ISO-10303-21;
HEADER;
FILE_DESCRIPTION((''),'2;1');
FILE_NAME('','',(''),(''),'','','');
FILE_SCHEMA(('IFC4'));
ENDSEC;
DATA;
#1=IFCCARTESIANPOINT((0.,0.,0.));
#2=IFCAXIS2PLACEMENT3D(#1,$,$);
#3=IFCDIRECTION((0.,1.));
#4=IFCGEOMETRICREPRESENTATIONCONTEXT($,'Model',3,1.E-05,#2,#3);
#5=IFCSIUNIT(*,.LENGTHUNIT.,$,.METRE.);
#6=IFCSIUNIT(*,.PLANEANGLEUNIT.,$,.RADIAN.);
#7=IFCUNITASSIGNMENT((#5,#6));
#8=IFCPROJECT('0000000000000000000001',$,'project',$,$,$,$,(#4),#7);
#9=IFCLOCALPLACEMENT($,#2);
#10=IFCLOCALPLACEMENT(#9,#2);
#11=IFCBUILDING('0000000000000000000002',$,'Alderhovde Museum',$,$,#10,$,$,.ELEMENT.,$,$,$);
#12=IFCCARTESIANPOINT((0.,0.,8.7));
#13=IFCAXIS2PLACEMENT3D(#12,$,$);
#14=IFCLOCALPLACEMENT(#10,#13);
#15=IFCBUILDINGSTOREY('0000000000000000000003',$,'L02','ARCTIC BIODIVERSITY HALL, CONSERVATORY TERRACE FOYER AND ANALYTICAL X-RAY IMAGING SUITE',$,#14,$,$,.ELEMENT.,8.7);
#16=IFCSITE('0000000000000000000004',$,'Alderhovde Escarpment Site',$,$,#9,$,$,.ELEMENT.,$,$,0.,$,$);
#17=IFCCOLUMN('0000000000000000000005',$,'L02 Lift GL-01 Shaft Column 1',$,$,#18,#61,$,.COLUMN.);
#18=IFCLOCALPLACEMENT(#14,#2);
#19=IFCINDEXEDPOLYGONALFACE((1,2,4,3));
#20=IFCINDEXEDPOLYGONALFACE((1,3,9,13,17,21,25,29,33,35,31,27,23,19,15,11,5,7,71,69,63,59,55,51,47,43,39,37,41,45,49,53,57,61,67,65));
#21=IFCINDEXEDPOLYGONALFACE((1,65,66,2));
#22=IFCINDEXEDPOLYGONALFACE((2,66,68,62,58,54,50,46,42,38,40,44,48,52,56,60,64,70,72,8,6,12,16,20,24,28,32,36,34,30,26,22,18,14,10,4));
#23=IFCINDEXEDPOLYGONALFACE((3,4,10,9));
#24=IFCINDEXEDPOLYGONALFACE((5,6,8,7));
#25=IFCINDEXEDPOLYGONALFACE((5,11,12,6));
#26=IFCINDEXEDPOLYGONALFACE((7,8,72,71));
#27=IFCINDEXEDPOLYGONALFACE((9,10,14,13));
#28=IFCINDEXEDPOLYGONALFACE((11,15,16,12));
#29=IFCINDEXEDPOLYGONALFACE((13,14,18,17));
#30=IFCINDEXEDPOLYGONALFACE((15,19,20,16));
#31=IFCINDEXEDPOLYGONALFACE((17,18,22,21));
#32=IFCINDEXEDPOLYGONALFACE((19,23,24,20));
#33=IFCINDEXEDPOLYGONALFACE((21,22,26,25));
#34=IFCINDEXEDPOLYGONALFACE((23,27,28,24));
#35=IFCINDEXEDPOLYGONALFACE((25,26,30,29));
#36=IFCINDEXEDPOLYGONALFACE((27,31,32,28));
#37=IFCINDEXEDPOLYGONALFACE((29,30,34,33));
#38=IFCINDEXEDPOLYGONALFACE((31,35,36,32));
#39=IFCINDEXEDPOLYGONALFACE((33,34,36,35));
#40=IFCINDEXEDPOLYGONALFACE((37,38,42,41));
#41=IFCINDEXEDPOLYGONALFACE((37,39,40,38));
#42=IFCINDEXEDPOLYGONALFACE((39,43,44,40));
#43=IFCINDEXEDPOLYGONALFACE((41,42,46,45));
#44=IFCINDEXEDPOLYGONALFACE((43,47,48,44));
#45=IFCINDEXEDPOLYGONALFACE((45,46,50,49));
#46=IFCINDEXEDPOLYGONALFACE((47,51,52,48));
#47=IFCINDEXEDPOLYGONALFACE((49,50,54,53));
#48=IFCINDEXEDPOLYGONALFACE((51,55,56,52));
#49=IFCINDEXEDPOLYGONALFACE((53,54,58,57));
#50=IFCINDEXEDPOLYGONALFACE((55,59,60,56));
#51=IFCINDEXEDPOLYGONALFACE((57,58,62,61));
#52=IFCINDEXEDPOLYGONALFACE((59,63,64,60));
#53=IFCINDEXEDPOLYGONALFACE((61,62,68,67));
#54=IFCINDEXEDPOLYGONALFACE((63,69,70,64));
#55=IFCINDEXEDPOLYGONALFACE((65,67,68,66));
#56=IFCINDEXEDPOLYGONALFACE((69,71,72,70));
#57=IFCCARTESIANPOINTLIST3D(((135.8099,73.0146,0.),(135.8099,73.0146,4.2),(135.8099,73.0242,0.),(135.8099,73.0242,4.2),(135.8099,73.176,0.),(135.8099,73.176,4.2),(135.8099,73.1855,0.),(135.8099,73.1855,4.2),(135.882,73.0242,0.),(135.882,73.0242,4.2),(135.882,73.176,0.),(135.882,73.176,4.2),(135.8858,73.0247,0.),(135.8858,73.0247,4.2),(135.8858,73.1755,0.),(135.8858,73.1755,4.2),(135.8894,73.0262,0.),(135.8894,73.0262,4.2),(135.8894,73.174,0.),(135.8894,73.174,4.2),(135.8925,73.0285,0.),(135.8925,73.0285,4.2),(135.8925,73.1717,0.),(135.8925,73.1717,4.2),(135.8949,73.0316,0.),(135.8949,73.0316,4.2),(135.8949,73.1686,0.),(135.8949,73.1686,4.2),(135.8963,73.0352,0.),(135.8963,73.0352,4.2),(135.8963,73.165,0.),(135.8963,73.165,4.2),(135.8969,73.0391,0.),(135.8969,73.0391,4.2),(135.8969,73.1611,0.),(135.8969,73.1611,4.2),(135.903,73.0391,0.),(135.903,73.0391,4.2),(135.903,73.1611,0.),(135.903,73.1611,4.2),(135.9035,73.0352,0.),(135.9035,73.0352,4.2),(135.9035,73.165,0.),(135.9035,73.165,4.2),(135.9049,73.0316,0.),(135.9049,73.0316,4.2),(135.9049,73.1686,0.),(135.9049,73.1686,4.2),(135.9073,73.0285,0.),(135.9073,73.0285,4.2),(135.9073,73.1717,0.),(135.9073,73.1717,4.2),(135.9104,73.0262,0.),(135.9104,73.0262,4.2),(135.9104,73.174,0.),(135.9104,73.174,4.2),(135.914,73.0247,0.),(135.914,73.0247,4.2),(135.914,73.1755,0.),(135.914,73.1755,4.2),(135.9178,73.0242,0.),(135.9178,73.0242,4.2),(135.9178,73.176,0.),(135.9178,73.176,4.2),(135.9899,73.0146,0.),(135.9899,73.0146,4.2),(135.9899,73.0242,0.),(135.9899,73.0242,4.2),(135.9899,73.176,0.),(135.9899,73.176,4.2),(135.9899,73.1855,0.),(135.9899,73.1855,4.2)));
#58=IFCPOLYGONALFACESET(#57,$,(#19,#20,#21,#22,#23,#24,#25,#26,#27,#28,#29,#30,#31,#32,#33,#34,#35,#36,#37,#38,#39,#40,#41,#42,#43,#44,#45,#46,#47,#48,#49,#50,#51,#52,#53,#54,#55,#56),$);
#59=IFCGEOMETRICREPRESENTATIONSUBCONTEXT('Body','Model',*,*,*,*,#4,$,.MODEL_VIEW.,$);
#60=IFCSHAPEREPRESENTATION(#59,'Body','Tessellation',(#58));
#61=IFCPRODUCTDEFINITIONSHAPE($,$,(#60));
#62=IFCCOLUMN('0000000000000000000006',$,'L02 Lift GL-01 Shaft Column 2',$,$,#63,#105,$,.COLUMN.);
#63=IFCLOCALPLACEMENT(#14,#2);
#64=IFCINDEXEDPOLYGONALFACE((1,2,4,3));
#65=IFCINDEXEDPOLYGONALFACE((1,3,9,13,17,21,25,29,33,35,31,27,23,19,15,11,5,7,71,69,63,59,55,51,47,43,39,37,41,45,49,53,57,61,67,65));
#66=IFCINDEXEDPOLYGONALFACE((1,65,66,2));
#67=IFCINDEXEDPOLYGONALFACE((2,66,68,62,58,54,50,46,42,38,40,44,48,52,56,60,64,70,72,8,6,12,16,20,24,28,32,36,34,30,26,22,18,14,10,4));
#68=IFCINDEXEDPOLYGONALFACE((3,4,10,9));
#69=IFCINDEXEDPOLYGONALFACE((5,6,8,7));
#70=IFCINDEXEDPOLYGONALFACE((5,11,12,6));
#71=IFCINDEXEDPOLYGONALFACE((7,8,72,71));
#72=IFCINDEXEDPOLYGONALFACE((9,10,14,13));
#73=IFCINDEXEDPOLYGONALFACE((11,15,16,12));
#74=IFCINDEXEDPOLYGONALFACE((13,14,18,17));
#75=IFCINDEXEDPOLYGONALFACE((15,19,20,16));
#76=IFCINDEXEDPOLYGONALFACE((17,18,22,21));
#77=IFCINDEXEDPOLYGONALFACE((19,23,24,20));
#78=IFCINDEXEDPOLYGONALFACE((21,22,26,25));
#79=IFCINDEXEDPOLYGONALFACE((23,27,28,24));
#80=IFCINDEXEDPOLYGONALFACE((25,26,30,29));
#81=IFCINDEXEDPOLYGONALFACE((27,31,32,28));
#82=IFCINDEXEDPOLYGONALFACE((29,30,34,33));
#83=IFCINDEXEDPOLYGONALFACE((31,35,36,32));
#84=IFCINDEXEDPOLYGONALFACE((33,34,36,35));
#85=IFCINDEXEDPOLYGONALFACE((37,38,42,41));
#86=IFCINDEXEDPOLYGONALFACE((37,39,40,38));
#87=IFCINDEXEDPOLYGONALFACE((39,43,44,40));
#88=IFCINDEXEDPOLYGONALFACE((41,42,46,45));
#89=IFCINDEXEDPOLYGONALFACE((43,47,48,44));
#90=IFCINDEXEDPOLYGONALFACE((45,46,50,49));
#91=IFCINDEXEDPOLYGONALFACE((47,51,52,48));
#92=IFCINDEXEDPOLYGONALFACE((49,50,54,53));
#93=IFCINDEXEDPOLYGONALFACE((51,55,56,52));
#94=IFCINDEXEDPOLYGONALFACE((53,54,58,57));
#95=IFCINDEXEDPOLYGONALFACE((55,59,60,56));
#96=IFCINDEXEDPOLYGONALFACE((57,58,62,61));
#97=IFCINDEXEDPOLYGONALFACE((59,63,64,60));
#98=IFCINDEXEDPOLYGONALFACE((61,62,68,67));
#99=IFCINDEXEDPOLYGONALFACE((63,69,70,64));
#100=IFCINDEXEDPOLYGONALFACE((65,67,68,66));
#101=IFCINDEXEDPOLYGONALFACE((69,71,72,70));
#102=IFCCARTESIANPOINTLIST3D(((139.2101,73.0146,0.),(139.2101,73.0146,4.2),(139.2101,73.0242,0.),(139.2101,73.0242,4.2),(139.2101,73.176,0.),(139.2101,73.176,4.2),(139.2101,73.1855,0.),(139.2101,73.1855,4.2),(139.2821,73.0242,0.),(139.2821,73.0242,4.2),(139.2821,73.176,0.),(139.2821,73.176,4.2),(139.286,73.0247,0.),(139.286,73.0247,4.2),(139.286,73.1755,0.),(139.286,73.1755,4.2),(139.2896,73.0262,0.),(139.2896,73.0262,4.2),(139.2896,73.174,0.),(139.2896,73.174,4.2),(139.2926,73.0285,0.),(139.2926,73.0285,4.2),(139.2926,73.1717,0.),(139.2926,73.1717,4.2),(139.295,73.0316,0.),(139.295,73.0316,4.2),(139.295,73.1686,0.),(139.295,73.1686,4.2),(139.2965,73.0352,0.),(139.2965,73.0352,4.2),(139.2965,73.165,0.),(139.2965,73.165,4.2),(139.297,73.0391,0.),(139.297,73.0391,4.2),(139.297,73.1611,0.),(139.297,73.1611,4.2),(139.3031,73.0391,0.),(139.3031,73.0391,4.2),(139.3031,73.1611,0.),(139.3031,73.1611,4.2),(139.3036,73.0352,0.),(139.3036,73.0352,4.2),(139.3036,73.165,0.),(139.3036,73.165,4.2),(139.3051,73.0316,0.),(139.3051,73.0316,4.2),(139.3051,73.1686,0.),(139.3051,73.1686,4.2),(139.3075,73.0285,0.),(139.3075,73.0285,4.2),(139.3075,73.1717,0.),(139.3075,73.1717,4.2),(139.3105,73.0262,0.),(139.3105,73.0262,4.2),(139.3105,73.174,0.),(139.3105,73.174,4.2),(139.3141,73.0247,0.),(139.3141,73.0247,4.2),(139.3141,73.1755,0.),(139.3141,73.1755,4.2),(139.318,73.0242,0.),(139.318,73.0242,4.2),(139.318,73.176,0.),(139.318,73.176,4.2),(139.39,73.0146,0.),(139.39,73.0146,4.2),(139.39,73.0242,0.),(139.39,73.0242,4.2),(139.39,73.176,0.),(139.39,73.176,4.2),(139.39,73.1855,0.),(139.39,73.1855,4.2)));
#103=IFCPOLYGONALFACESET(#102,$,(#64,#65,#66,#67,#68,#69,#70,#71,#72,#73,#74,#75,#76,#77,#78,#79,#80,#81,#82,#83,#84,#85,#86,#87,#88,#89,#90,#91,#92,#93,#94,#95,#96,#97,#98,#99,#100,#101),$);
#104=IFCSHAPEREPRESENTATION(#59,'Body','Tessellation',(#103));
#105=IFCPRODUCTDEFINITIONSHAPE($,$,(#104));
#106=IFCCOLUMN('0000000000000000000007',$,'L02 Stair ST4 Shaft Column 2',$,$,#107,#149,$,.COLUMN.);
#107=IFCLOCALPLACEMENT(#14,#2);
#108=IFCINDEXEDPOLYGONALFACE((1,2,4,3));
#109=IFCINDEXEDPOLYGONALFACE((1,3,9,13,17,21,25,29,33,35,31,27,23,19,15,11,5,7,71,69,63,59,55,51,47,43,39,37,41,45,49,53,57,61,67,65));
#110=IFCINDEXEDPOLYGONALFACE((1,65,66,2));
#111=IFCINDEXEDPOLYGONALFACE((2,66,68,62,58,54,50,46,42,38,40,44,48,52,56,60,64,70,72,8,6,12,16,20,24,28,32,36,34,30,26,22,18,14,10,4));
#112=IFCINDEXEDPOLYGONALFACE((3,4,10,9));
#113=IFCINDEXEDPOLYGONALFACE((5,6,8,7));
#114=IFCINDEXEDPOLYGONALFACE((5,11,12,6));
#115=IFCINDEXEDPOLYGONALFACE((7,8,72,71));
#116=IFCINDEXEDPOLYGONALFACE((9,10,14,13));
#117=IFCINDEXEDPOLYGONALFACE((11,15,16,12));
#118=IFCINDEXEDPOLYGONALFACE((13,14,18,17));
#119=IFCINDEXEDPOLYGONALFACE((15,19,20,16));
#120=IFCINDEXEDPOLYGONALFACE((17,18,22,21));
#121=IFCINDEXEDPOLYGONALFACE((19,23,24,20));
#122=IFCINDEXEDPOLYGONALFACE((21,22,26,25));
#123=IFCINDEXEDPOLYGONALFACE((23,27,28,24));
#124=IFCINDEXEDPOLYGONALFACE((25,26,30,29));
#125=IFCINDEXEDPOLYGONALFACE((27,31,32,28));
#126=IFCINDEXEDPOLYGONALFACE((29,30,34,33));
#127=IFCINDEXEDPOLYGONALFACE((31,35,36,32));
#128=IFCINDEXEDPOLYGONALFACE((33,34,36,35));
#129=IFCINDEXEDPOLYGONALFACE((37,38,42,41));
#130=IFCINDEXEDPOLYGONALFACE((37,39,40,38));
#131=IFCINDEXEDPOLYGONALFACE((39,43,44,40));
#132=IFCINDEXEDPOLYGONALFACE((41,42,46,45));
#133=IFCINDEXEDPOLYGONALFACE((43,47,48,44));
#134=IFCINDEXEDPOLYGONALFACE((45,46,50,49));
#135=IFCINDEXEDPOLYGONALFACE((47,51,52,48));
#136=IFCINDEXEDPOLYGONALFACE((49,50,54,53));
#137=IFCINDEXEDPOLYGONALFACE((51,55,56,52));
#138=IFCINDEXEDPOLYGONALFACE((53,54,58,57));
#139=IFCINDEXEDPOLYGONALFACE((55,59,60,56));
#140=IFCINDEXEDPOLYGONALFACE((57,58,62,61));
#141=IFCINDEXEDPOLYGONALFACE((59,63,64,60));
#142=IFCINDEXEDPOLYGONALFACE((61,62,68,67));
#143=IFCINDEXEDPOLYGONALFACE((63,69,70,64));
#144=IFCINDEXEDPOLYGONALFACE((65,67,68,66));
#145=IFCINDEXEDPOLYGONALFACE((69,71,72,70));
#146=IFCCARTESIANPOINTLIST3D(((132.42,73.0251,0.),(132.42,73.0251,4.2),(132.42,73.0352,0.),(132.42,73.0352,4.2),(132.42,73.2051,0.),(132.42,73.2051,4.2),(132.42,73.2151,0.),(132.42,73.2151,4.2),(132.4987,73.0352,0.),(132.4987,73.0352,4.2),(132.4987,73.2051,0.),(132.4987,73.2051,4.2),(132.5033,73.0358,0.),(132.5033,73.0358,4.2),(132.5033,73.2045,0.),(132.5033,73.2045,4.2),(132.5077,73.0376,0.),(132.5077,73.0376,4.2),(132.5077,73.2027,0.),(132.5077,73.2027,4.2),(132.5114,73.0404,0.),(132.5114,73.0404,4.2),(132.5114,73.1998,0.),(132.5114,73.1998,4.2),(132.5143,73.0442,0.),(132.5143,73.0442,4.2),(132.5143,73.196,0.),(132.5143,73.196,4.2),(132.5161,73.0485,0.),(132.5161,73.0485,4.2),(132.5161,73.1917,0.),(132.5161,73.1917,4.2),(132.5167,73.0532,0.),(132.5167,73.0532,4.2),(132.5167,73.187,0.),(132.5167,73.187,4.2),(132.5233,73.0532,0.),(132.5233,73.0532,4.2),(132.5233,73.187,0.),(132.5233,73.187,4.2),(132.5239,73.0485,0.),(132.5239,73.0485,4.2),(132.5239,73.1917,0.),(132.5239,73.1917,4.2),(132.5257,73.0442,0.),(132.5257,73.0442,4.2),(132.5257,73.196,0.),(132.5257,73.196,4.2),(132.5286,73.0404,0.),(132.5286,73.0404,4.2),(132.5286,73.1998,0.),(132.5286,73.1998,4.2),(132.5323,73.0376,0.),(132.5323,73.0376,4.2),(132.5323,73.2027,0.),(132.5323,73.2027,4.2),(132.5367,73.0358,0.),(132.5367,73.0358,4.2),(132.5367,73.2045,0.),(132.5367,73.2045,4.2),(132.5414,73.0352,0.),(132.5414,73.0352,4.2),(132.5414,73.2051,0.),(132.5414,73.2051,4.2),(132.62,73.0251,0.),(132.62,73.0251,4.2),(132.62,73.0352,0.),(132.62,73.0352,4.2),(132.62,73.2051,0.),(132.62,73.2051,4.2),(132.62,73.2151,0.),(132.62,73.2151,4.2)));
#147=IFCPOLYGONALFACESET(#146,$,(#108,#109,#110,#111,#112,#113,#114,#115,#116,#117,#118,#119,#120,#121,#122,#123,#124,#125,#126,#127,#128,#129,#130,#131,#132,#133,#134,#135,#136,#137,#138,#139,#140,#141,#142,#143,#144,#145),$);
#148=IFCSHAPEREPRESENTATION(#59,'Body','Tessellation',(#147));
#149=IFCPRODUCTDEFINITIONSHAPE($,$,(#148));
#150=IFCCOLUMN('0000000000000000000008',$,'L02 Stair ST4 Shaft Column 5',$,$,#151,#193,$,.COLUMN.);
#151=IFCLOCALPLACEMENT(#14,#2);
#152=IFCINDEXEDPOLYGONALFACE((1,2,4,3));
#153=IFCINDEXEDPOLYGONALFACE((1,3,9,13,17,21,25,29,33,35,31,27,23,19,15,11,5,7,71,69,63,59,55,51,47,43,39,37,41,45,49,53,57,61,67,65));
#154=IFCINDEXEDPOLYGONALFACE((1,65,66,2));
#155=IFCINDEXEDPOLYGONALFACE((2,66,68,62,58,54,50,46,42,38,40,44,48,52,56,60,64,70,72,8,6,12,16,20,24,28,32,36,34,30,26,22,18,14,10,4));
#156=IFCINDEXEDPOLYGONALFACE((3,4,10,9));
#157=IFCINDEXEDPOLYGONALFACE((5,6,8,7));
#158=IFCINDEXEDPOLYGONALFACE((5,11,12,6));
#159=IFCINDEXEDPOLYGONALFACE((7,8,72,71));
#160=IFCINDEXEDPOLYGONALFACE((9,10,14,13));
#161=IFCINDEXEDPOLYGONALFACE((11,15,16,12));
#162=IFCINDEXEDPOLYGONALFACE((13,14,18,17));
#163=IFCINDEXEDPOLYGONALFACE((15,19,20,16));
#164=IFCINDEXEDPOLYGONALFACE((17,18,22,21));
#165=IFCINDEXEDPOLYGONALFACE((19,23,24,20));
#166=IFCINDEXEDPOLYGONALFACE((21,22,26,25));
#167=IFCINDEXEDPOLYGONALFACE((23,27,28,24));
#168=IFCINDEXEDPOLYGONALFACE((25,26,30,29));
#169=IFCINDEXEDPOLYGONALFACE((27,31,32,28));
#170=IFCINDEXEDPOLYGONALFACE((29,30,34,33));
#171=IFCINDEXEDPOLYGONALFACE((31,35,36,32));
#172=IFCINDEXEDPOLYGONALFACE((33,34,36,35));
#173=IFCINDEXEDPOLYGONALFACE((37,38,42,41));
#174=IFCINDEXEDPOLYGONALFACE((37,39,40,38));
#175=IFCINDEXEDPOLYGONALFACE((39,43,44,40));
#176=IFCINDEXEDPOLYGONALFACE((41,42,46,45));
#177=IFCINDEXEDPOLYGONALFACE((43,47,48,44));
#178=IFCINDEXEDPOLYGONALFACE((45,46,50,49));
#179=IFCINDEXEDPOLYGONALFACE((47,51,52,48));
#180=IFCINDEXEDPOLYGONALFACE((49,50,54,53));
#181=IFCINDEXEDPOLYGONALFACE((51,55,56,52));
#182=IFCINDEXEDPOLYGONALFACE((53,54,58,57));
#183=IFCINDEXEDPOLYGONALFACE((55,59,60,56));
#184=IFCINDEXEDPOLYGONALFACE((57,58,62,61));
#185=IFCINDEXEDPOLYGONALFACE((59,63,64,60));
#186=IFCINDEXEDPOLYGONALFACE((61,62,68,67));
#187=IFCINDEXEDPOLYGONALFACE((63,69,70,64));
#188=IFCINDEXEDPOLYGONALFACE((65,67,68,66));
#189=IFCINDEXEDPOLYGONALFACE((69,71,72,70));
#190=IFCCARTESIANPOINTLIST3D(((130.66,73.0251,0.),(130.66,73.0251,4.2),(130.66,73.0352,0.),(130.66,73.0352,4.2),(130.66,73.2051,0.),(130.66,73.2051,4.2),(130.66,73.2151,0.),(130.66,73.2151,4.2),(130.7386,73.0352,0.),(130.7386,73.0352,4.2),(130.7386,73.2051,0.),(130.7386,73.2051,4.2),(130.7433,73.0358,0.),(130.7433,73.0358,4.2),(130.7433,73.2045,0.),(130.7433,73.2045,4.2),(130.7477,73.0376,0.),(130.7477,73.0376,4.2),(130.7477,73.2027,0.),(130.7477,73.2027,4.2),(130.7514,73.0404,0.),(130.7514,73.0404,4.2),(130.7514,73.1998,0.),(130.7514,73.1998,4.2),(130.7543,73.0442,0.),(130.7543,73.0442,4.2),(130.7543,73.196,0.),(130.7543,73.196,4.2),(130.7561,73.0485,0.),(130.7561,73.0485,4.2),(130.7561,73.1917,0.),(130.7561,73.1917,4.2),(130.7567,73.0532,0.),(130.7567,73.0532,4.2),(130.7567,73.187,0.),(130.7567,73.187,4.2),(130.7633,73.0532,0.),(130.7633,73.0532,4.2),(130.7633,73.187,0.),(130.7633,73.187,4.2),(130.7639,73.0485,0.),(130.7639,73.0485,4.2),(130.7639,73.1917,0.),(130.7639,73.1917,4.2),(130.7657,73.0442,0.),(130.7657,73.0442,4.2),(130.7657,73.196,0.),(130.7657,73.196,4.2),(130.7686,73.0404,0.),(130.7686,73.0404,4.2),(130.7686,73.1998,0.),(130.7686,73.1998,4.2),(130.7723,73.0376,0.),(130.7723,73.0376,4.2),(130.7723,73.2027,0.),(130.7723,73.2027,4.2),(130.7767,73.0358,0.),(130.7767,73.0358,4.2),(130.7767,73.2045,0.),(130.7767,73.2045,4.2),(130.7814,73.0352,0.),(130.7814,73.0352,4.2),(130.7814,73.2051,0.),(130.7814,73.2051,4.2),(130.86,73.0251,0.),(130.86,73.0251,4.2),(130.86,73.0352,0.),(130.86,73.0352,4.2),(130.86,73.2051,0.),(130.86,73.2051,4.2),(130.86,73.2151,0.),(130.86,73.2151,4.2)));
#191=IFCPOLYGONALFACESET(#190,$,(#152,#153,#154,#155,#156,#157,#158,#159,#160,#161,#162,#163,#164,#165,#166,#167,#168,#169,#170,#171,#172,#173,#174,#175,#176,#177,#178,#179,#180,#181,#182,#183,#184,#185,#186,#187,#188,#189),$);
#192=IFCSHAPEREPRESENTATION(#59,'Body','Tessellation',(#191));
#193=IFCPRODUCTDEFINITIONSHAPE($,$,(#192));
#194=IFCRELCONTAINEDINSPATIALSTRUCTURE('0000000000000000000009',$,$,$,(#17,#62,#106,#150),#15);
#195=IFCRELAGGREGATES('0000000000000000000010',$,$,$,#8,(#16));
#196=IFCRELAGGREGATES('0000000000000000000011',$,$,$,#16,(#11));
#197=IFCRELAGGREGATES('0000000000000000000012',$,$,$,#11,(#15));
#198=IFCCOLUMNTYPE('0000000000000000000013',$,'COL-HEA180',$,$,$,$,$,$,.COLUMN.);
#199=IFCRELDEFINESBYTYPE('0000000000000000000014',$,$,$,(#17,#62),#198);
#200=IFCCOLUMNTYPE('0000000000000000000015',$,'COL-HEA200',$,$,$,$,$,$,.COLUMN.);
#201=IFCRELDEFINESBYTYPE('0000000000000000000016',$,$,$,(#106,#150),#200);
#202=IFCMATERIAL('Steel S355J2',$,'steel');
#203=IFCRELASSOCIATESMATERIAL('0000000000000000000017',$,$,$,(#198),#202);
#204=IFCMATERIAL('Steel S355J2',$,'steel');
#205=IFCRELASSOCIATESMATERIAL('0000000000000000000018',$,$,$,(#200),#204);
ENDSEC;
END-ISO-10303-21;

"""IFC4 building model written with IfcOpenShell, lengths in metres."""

from ifc_helpers import new_model, si_unit, direction, frame, origin, origin_2d, place, context, subcontext, project, spatial, i_section, extrude, material, material_profile, profile_set, type_object, element, save


model = new_model("IFC4")

# Units and contexts
model_context = context("Model", 3, precision=1e-05, world=origin(), true_north=direction((0.0, 1.0)))
body_context = subcontext(model_context, "Body", "Model", "MODEL_VIEW")
ifc_project = project(units=[si_unit("LENGTHUNIT", "METRE"), si_unit("PLANEANGLEUNIT", "RADIAN")], contexts=[model_context])

# Site, building, storey
site_placement = place(None, origin())
site = spatial("IfcSite", under=ifc_project, at=site_placement, Name="Alderhovde Escarpment Site", CompositionType="ELEMENT", RefElevation=0.0)
building_placement = place(site_placement, origin())
building = spatial("IfcBuilding", under=site, at=building_placement, Name="Alderhovde Museum", CompositionType="ELEMENT")
storey_placement = place(building_placement, frame((0.0, 0.0, 8.7)))
storey = spatial("IfcBuildingStorey", under=building, at=storey_placement, Name="L02", Description="ARCTIC BIODIVERSITY HALL, CONSERVATORY TERRACE FOYER AND ANALYTICAL X-RAY IMAGING SUITE", CompositionType="ELEMENT", Elevation=8.7)

# Columns
ifc_material_1 = material(Name="Steel S355J2", Category="steel")
ifc_material_profile_1 = material_profile(ifc_material_1, i_section(OverallWidth=0.1799, OverallDepth=0.1709, WebThickness=0.0061, FlangeThickness=0.0095, FilletRadius=0.0149, at=origin_2d()), Name="HEA 180")
ifc_profile_set_1 = profile_set([ifc_material_profile_1], Name="Steel S355J2")
column_type_1 = type_object("IfcColumnType", Name="COL-HEA180", PredefinedType="COLUMN", material=ifc_profile_set_1)
for number, where, z_axis, x_axis, name in (
    (1, (135.8999, 73.1001, 0.0), (0.0, 0.0, 1.0), (1.0, 0.0, 0.0), "L02 Lift GL-01 Shaft Column 1"),
    (2, (139.3, 73.1001, 0.0), (0.0, 0.0, 1.0), (1.0, 0.0, 0.0), "L02 Lift GL-01 Shaft Column 2"),
):
    element("IfcColumn", number, at=place(storey_placement, frame(where, z_axis=z_axis, x_axis=x_axis)), inside=storey, type_object=column_type_1, Name=name, PredefinedType="COLUMN", context=body_context, shape_type="SweptSolid", body=[
        extrude(i_section(OverallWidth=0.1799, OverallDepth=0.1709, WebThickness=0.0061, FlangeThickness=0.0095, FilletRadius=0.0149, at=origin_2d()), origin(), (0.0, 0.0, 1.0), 4.2),
    ])
ifc_material_2 = material(Name="Steel S355J2", Category="steel")
ifc_material_profile_2 = material_profile(ifc_material_2, i_section(OverallWidth=0.2, OverallDepth=0.1899, WebThickness=0.0066, FlangeThickness=0.01, FilletRadius=0.0181, at=origin_2d()), Name="HEA 200")
ifc_profile_set_2 = profile_set([ifc_material_profile_2], Name="Steel S355J2")
column_type_2 = type_object("IfcColumnType", Name="COL-HEA200", PredefinedType="COLUMN", material=ifc_profile_set_2)
for number, where, z_axis, x_axis, name in (
    (3, (132.52, 73.1201, 0.0), (0.0, 0.0, 1.0), (1.0, 0.0, 0.0), "L02 Stair ST4 Shaft Column 2"),
    (4, (130.76, 73.1201, 0.0), (0.0, 0.0, 1.0), (1.0, 0.0, 0.0), "L02 Stair ST4 Shaft Column 5"),
):
    element("IfcColumn", number, at=place(storey_placement, frame(where, z_axis=z_axis, x_axis=x_axis)), inside=storey, type_object=column_type_2, Name=name, PredefinedType="COLUMN", context=body_context, shape_type="SweptSolid", body=[
        extrude(i_section(OverallWidth=0.2, OverallDepth=0.1899, WebThickness=0.0066, FlangeThickness=0.01, FilletRadius=0.0181, at=origin_2d()), origin(), (0.0, 0.0, 1.0), 4.2),
    ])

save(model, "model.ifc")
